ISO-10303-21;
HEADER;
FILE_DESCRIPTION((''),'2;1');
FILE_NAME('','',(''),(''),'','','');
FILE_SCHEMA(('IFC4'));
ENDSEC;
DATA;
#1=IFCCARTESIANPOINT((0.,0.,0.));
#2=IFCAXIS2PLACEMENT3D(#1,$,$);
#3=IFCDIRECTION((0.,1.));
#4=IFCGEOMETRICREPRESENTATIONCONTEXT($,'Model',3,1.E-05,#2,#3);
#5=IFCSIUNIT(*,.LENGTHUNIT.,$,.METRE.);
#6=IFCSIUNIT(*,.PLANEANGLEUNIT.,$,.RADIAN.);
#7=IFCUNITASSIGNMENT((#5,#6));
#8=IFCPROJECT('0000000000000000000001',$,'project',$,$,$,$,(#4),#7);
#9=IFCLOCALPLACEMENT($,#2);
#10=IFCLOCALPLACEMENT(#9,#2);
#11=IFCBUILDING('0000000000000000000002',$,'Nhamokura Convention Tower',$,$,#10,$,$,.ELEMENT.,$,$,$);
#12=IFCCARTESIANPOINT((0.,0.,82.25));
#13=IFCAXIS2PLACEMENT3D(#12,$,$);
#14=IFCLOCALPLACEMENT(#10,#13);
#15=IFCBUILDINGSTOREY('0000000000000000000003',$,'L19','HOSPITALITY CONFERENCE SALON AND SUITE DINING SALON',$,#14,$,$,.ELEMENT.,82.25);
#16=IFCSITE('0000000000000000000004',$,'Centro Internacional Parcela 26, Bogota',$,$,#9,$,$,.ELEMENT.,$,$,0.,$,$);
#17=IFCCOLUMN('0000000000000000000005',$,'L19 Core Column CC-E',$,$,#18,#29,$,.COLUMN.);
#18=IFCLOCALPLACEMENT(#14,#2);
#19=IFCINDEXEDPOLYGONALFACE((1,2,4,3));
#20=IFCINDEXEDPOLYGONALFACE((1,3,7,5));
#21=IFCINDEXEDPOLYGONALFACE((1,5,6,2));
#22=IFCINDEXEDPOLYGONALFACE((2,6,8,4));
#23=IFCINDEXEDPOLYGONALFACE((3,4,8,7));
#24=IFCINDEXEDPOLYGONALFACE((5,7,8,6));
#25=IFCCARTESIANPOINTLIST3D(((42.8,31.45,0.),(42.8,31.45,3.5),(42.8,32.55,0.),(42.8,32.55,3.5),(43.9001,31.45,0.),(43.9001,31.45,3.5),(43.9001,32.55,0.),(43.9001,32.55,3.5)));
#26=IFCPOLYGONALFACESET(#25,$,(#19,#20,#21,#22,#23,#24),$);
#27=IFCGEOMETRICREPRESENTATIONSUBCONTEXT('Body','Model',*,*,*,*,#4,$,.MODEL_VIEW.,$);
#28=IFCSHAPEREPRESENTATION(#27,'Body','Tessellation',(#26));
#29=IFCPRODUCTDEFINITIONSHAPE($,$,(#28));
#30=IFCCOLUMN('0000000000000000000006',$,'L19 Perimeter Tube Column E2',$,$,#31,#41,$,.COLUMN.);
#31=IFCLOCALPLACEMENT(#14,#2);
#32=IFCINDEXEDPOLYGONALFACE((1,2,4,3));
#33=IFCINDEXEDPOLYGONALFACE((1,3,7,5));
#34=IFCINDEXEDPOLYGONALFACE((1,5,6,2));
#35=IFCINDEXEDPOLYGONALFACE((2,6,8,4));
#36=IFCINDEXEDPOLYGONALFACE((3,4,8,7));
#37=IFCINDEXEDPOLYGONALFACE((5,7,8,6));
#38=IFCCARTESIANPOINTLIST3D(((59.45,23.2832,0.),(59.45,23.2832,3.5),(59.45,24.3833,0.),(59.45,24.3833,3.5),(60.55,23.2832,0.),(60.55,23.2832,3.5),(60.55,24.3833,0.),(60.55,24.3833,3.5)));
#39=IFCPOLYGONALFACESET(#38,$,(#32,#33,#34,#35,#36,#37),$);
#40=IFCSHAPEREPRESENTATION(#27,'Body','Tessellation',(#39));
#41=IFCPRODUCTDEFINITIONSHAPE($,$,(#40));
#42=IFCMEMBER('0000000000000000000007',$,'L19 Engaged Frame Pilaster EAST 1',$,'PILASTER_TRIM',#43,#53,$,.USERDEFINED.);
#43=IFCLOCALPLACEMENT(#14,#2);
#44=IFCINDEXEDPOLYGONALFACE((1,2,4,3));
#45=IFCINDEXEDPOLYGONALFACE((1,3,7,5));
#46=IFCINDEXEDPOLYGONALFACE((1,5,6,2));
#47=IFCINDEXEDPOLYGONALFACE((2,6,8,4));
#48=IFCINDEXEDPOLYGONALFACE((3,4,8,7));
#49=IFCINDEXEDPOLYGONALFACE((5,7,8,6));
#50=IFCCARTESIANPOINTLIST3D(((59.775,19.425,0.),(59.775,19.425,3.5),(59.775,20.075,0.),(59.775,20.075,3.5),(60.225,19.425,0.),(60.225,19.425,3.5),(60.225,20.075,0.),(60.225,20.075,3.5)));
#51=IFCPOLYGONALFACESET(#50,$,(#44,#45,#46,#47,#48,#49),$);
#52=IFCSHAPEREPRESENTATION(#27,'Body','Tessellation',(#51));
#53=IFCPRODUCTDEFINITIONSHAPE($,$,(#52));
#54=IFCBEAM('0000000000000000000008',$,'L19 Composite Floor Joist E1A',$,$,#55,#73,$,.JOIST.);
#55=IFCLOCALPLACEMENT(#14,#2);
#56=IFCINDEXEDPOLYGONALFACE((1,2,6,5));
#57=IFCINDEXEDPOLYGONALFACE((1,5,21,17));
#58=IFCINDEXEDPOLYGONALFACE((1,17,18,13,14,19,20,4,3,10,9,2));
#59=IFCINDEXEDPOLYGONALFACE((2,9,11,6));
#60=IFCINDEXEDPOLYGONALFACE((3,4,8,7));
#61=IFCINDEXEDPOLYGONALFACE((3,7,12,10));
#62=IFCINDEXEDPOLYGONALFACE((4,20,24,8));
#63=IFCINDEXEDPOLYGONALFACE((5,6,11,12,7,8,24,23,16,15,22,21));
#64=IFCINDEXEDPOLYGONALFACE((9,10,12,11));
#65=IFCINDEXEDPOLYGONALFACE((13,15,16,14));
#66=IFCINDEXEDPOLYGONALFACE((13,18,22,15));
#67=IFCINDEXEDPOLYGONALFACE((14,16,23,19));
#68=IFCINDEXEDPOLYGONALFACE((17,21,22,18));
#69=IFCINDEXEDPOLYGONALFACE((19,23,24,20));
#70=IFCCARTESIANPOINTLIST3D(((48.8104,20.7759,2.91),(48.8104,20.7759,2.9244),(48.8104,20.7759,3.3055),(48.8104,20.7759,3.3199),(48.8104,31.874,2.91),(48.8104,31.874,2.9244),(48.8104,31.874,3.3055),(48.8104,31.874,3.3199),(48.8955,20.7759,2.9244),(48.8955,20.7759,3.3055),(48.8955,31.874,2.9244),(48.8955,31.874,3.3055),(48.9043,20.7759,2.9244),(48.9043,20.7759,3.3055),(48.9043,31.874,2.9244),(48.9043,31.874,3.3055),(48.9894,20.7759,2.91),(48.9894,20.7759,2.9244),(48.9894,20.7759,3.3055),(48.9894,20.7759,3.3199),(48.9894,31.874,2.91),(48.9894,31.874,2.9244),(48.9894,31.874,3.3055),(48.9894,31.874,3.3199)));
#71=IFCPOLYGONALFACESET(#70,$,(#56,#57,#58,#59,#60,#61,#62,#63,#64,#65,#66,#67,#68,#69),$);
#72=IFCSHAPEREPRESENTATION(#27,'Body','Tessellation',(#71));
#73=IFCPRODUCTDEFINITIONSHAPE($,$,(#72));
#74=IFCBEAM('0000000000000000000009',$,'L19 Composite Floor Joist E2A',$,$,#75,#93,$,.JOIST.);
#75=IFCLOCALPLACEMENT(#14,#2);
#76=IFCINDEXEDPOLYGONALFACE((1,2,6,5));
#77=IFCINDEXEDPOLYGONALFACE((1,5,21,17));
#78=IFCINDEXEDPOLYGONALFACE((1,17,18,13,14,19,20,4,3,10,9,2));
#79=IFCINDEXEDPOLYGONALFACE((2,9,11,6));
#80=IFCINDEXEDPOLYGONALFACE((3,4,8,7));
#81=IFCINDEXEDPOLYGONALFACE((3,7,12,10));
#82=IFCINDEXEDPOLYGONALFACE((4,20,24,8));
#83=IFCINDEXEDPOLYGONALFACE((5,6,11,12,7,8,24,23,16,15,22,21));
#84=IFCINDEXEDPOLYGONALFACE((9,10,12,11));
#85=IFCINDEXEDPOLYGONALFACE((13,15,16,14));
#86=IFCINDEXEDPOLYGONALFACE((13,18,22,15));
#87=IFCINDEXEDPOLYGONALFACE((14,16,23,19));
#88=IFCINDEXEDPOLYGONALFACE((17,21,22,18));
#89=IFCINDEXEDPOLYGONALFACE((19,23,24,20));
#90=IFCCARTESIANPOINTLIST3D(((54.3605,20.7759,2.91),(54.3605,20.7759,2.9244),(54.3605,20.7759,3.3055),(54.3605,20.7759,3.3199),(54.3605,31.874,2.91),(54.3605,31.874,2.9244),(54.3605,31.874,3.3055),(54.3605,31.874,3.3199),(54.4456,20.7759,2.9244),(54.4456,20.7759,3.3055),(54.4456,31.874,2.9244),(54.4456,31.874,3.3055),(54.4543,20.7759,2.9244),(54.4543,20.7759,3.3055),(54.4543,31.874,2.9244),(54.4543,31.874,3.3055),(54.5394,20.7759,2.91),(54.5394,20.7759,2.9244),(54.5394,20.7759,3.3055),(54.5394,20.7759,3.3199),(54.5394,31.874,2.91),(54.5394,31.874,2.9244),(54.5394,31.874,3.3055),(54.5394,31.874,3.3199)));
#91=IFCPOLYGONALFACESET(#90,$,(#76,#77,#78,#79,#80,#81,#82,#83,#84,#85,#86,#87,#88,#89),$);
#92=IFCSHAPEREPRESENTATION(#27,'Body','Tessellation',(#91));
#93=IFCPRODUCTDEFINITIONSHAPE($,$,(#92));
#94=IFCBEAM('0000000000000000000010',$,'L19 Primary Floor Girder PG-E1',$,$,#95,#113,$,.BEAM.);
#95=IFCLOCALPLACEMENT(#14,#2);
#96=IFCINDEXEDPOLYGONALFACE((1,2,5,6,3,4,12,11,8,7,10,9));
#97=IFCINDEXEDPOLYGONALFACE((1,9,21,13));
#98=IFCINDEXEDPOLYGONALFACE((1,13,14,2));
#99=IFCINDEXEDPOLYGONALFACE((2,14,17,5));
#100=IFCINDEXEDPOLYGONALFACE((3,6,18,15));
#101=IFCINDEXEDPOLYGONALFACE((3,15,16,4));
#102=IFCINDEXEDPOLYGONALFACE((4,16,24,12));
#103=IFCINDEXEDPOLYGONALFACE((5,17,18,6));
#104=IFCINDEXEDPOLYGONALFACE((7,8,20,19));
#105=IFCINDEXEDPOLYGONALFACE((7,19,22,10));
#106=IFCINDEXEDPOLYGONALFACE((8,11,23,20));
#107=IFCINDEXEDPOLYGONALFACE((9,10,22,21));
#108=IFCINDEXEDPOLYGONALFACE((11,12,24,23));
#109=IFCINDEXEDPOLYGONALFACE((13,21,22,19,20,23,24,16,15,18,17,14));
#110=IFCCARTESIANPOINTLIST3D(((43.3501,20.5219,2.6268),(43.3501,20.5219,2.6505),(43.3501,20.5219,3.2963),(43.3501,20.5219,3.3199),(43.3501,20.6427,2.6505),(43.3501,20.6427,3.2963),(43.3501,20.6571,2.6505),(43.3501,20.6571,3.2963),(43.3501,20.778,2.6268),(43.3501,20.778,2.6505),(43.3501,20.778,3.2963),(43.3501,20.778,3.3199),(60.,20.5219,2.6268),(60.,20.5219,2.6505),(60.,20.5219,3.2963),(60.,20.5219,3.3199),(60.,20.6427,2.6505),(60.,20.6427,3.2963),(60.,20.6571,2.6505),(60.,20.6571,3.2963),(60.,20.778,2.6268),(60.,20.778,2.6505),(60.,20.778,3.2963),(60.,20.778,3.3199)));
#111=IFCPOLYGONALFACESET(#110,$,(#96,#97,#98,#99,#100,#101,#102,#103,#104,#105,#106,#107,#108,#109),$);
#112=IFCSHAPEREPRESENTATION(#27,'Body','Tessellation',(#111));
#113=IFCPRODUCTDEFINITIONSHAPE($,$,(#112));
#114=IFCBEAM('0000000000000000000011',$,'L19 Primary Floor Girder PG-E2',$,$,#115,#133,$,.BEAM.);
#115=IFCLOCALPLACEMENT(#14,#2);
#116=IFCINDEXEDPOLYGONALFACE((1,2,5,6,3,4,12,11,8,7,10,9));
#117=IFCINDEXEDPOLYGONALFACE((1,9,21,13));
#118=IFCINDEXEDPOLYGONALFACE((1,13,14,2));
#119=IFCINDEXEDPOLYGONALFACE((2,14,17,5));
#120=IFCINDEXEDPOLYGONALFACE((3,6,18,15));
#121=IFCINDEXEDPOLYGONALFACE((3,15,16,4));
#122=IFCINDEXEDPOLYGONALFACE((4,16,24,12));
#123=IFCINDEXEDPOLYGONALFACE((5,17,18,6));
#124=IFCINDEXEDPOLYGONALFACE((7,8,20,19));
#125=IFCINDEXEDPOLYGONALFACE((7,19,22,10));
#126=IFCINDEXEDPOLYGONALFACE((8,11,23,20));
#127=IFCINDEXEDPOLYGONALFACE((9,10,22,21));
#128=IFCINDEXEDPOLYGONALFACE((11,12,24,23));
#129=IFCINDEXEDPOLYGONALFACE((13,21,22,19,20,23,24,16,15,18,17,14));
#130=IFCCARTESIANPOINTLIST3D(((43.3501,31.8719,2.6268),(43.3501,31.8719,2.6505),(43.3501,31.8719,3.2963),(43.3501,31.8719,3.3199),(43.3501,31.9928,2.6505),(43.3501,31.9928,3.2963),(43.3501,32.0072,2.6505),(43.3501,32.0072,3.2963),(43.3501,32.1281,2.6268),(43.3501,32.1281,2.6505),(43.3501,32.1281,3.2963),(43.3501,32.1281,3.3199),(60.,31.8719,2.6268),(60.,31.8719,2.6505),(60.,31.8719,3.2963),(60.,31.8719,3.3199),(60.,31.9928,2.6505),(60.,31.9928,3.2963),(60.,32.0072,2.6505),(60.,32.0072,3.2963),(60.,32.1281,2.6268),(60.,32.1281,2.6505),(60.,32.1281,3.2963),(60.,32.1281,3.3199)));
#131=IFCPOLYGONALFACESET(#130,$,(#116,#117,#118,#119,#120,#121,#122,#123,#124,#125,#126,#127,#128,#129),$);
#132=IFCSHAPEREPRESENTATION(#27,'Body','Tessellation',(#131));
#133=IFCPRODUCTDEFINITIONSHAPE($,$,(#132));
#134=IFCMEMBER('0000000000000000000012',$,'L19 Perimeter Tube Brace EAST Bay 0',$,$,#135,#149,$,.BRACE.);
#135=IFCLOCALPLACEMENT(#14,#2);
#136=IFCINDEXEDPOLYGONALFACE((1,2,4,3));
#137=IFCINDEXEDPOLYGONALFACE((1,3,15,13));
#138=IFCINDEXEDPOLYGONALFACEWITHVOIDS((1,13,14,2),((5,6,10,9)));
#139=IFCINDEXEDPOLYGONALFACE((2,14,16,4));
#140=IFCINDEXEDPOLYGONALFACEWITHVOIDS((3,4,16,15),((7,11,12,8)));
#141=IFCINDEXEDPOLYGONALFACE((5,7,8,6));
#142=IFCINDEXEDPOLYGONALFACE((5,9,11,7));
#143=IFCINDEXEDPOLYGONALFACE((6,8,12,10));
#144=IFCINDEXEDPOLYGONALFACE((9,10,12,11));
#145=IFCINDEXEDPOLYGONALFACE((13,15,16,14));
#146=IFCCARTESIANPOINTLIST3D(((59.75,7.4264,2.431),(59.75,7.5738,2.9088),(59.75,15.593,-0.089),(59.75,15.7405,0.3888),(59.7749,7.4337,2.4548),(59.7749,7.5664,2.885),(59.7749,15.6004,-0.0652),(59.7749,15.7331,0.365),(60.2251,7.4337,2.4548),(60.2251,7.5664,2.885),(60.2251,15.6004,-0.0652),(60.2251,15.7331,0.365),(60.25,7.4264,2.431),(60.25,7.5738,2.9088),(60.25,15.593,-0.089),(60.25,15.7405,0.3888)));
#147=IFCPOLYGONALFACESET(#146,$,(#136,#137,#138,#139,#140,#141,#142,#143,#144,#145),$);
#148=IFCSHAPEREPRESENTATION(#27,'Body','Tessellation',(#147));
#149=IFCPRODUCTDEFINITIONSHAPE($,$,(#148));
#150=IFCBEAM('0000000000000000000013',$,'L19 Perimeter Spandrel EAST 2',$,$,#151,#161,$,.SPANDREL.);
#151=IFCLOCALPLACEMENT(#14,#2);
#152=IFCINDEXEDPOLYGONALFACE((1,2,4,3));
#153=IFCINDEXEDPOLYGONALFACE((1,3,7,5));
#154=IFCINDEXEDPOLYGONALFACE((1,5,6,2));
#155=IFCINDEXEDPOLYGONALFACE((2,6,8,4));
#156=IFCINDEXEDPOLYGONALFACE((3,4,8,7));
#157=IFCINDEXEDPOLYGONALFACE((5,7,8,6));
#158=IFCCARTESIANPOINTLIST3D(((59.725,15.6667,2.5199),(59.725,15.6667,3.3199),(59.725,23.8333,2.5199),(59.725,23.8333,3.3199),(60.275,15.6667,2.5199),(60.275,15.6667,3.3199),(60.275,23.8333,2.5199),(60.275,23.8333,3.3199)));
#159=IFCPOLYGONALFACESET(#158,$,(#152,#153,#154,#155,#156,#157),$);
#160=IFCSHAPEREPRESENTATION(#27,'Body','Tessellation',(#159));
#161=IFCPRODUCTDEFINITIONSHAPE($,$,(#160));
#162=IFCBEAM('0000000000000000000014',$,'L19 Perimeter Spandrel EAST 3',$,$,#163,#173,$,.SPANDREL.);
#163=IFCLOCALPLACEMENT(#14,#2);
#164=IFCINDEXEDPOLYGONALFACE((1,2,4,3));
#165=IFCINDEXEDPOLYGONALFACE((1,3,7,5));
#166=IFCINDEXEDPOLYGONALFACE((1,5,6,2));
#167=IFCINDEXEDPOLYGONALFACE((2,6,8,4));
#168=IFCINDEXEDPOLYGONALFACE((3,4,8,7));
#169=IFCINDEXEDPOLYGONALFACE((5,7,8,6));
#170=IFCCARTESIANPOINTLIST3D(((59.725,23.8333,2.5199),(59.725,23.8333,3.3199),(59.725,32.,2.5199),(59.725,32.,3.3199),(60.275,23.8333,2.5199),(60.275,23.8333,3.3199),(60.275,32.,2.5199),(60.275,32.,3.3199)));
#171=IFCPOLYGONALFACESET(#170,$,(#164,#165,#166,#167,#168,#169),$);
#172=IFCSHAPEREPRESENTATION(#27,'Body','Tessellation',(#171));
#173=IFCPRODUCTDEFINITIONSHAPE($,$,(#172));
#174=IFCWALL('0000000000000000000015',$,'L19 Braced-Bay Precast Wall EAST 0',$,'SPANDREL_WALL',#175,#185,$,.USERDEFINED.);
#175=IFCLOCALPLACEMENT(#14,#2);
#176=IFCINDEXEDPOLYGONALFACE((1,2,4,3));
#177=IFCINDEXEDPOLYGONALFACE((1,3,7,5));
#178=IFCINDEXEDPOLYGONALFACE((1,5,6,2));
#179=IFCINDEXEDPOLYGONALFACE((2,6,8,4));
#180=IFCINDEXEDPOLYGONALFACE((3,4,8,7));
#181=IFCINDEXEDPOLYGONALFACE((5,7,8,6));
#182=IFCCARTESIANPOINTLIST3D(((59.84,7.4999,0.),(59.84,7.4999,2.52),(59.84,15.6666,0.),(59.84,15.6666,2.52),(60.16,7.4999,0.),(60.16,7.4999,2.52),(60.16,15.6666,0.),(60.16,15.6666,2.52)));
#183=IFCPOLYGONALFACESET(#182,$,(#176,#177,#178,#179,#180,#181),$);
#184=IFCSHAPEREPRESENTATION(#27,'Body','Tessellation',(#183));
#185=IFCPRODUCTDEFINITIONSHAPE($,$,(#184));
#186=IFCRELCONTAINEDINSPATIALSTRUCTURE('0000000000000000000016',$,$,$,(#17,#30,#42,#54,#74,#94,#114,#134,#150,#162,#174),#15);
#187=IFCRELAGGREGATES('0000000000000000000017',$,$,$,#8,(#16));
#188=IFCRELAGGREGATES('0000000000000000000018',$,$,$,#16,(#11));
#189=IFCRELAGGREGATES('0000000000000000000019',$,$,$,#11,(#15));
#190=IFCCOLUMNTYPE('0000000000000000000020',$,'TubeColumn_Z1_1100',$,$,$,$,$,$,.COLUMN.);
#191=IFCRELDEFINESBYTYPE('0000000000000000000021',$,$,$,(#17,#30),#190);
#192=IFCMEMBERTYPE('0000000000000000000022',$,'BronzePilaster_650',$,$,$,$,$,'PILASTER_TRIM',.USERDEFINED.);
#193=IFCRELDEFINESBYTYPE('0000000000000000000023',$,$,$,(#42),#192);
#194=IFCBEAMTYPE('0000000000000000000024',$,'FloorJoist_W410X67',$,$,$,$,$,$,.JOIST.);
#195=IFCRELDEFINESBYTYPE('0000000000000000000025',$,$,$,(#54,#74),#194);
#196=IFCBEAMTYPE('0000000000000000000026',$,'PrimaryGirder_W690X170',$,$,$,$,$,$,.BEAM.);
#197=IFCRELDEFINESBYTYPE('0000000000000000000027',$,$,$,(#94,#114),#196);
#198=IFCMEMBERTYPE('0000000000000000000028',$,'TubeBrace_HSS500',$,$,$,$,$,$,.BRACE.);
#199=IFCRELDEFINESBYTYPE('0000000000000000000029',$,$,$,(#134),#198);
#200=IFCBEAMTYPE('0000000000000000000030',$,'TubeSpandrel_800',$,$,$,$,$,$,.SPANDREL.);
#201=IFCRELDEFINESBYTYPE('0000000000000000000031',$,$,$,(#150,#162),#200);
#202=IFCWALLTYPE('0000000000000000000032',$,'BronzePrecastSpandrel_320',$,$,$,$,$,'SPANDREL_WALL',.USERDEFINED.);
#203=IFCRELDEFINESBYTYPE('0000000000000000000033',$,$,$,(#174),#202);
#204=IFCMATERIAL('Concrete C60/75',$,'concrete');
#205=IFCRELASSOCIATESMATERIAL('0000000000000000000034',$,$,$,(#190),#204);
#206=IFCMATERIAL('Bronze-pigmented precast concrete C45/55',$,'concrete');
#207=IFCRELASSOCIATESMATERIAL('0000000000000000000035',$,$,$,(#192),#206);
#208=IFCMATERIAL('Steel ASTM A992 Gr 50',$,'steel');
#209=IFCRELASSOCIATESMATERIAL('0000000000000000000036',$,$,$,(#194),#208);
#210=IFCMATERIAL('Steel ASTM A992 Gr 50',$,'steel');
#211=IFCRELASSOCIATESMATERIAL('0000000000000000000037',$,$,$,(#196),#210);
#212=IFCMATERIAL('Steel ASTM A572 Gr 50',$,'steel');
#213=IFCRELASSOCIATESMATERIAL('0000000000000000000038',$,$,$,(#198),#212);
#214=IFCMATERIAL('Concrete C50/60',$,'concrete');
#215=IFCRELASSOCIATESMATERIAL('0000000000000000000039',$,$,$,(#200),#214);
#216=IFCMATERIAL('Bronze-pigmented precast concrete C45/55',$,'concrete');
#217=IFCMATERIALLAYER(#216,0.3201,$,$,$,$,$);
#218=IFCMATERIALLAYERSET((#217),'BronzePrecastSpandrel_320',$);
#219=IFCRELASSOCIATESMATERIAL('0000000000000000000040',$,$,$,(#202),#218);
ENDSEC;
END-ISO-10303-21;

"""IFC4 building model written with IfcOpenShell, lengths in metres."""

from ifc_helpers import new_model, si_unit, direction, frame, frame_2d, origin, origin_2d, place, context, subcontext, project, spatial, rectangle, hollow_rectangle, i_section, extrude, material, layer, layer_set, material_profile, profile_set, type_object, element, save


model = new_model("IFC4")

# Units and contexts
model_context = context("Model", 3, precision=1e-05, world=origin(), true_north=direction((0.0, 1.0)))
body_context = subcontext(model_context, "Body", "Model", "MODEL_VIEW")
ifc_project = project(units=[si_unit("LENGTHUNIT", "METRE"), si_unit("PLANEANGLEUNIT", "RADIAN")], contexts=[model_context])

# Site, building, storey
site_placement = place(None, origin())
site = spatial("IfcSite", under=ifc_project, at=site_placement, Name="Centro Internacional Parcela 26, Bogota", CompositionType="ELEMENT", RefElevation=0.0)
building_placement = place(site_placement, origin())
building = spatial("IfcBuilding", under=site, at=building_placement, Name="Nhamokura Convention Tower", CompositionType="ELEMENT")
storey_placement = place(building_placement, frame((0.0, 0.0, 82.25)))
storey = spatial("IfcBuildingStorey", under=building, at=storey_placement, Name="L19", Description="HOSPITALITY CONFERENCE SALON AND SUITE DINING SALON", CompositionType="ELEMENT", Elevation=82.25)

# Columns
ifc_material_1 = material(Name="Concrete C60/75", Category="concrete")
ifc_material_profile_1 = material_profile(ifc_material_1, rectangle(XDim=1.1001, YDim=1.1001, at=origin_2d()))
ifc_profile_set_1 = profile_set([ifc_material_profile_1], Name="Concrete C60/75")
column_type = type_object("IfcColumnType", Name="TubeColumn_Z1_1100", PredefinedType="COLUMN", material=ifc_profile_set_1)
for number, where, z_axis, x_axis, name in (
    (1, (43.3501, 32.0, 0.0), (0.0, 0.0, 1.0), (1.0, 0.0, 0.0), "L19 Core Column CC-E"),
    (2, (60.0, 23.8333, 0.0), (0.0, 0.0, 1.0), (1.0, 0.0, 0.0), "L19 Perimeter Tube Column E2"),
):
    element("IfcColumn", number, at=place(storey_placement, frame(where, z_axis=z_axis, x_axis=x_axis)), inside=storey, type_object=column_type, Name=name, PredefinedType="COLUMN", context=body_context, shape_type="SweptSolid", body=[
        extrude(rectangle(XDim=1.1001, YDim=1.1001, at=origin_2d()), origin(), (0.0, 0.0, 1.0), 3.5),
    ])

# Member
ifc_material_2 = material(Name="Bronze-pigmented precast concrete C45/55", Category="concrete")
ifc_material_profile_2 = material_profile(ifc_material_2, rectangle(XDim=0.45, YDim=0.6499, at=origin_2d()))
ifc_profile_set_2 = profile_set([ifc_material_profile_2], Name="Bronze-pigmented precast concrete C45/55")
member_type_1 = type_object("IfcMemberType", Name="BronzePilaster_650", ElementType="PILASTER_TRIM", PredefinedType="USERDEFINED", material=ifc_profile_set_2)
member_1_placement = place(storey_placement, frame((60.0, 19.75, 0.0), z_axis=(0.0, 0.0, 1.0), x_axis=(1.0, 0.0, 0.0)))
element("IfcMember", 3, at=member_1_placement, inside=storey, type_object=member_type_1, Name="L19 Engaged Frame Pilaster EAST 1", ObjectType="PILASTER_TRIM", PredefinedType="USERDEFINED", context=body_context, shape_type="SweptSolid", body=[
    extrude(rectangle(XDim=0.45, YDim=0.6499, at=origin_2d()), origin(), (0.0, 0.0, 1.0), 3.5),
])

# Beams
ifc_material_3 = material(Name="Steel ASTM A992 Gr 50", Category="steel")
ifc_material_profile_3 = material_profile(ifc_material_3, i_section(OverallWidth=0.179, OverallDepth=0.4099, WebThickness=0.0088, FlangeThickness=0.0144, at=origin_2d()))
ifc_profile_set_3 = profile_set([ifc_material_profile_3], Name="Steel ASTM A992 Gr 50")
beam_type_1 = type_object("IfcBeamType", Name="FloorJoist_W410X67", PredefinedType="JOIST", material=ifc_profile_set_3)
for number, where, z_axis, x_axis, name in (
    (4, (48.8999, 20.7759, 3.115), (0.0, 1.0, 0.0), (-1.0, 0.0, 0.0), "L19 Composite Floor Joist E1A"),
    (5, (54.45, 20.7759, 3.115), (0.0, 1.0, 0.0), (-1.0, 0.0, 0.0), "L19 Composite Floor Joist E2A"),
):
    element("IfcBeam", number, at=place(storey_placement, frame(where, z_axis=z_axis, x_axis=x_axis)), inside=storey, type_object=beam_type_1, Name=name, PredefinedType="JOIST", context=body_context, shape_type="SweptSolid", body=[
        extrude(i_section(OverallWidth=0.179, OverallDepth=0.4099, WebThickness=0.0088, FlangeThickness=0.0144, at=origin_2d()), origin(), (0.0, 0.0, 1.0), 11.0981),
    ])
ifc_material_4 = material(Name="Steel ASTM A992 Gr 50", Category="steel")
ifc_material_profile_4 = material_profile(ifc_material_4, i_section(OverallWidth=0.2561, OverallDepth=0.6931, WebThickness=0.0144, FlangeThickness=0.0237, at=origin_2d()))
ifc_profile_set_4 = profile_set([ifc_material_profile_4], Name="Steel ASTM A992 Gr 50")
beam_type_2 = type_object("IfcBeamType", Name="PrimaryGirder_W690X170", PredefinedType="BEAM", material=ifc_profile_set_4)
for number, where, z_axis, x_axis, name in (
    (6, (43.3501, 20.6499, 2.9734), (1.0, 0.0, 0.0), (0.0, 1.0, 0.0), "L19 Primary Floor Girder PG-E1"),
    (7, (43.3501, 32.0, 2.9734), (1.0, 0.0, 0.0), (0.0, 1.0, 0.0), "L19 Primary Floor Girder PG-E2"),
):
    element("IfcBeam", number, at=place(storey_placement, frame(where, z_axis=z_axis, x_axis=x_axis)), inside=storey, type_object=beam_type_2, Name=name, PredefinedType="BEAM", context=body_context, shape_type="SweptSolid", body=[
        extrude(i_section(OverallWidth=0.2561, OverallDepth=0.6931, WebThickness=0.0144, FlangeThickness=0.0237, at=origin_2d()), origin(), (0.0, 0.0, 1.0), 16.6499),
    ])

# Member
ifc_material_5 = material(Name="Steel ASTM A572 Gr 50", Category="steel")
ifc_material_profile_5 = material_profile(ifc_material_5, hollow_rectangle(XDim=0.5, YDim=0.5, WallThickness=0.0249, at=origin_2d()))
ifc_profile_set_5 = profile_set([ifc_material_profile_5], Name="Steel ASTM A572 Gr 50")
member_type_2 = type_object("IfcMemberType", Name="TubeBrace_HSS500", PredefinedType="BRACE", material=ifc_profile_set_5)
member_2_placement = place(storey_placement, frame((60.0, 15.6667, 0.1499), z_axis=(0.0, -0.955543, 0.294853), x_axis=(1.0, 0.0, 0.0)))
element("IfcMember", 8, at=member_2_placement, inside=storey, type_object=member_type_2, Name="L19 Perimeter Tube Brace EAST Bay 0", PredefinedType="BRACE", context=body_context, shape_type="SweptSolid", body=[
    extrude(hollow_rectangle(XDim=0.5, YDim=0.5, WallThickness=0.0249, at=origin_2d()), origin(), (0.0, 0.0, 1.0), 8.5466),
])

# Beams
ifc_material_6 = material(Name="Concrete C50/60", Category="concrete")
ifc_material_profile_6 = material_profile(ifc_material_6, rectangle(XDim=0.55, YDim=0.8, at=origin_2d()))
ifc_profile_set_6 = profile_set([ifc_material_profile_6], Name="Concrete C50/60")
beam_type_3 = type_object("IfcBeamType", Name="TubeSpandrel_800", PredefinedType="SPANDREL", material=ifc_profile_set_6)
beam_1_placement = place(storey_placement, frame((60.0, 15.6667, 2.9199), z_axis=(0.0, 1.0, 0.0), x_axis=(-1.0, 0.0, 0.0)))
element("IfcBeam", 9, at=beam_1_placement, inside=storey, type_object=beam_type_3, Name="L19 Perimeter Spandrel EAST 2", PredefinedType="SPANDREL", context=body_context, shape_type="SweptSolid", body=[
    extrude(rectangle(XDim=0.55, YDim=0.8, at=origin_2d()), origin(), (0.0, 0.0, 1.0), 8.1665),
])
beam_2_placement = place(storey_placement, frame((60.0, 23.8333, 2.9199), z_axis=(0.0, 1.0, 0.0), x_axis=(-1.0, 0.0, 0.0)))
element("IfcBeam", 10, at=beam_2_placement, inside=storey, type_object=beam_type_3, Name="L19 Perimeter Spandrel EAST 3", PredefinedType="SPANDREL", context=body_context, shape_type="SweptSolid", body=[
    extrude(rectangle(XDim=0.55, YDim=0.8, at=origin_2d()), origin(), (0.0, 0.0, 1.0), 8.1667),
])

# Wall
ifc_material_7 = material(Name="Bronze-pigmented precast concrete C45/55", Category="concrete")
ifc_layer_1 = layer(ifc_material_7, 0.3201)
ifc_layer_set_1 = layer_set([ifc_layer_1], Name="BronzePrecastSpandrel_320")
wall_type_1 = type_object("IfcWallType", Name="BronzePrecastSpandrel_320", ElementType="SPANDREL_WALL", PredefinedType="USERDEFINED", material=ifc_layer_set_1)
wall_1_placement = place(storey_placement, frame((60.0, 15.6667, 0.0), z_axis=(0.0, 0.0, 1.0), x_axis=(0.0, -1.0, 0.0)))
element("IfcWall", 11, at=wall_1_placement, inside=storey, type_object=wall_type_1, Name="L19 Braced-Bay Precast Wall EAST 0", ObjectType="SPANDREL_WALL", PredefinedType="USERDEFINED", context=body_context, shape_type="SweptSolid", body=[
    extrude(rectangle(XDim=8.1667, YDim=0.3201, at=frame_2d((4.0835, 0.0))), origin(), (0.0, 0.0, 1.0), 2.52),
])

save(model, "model.ifc")
